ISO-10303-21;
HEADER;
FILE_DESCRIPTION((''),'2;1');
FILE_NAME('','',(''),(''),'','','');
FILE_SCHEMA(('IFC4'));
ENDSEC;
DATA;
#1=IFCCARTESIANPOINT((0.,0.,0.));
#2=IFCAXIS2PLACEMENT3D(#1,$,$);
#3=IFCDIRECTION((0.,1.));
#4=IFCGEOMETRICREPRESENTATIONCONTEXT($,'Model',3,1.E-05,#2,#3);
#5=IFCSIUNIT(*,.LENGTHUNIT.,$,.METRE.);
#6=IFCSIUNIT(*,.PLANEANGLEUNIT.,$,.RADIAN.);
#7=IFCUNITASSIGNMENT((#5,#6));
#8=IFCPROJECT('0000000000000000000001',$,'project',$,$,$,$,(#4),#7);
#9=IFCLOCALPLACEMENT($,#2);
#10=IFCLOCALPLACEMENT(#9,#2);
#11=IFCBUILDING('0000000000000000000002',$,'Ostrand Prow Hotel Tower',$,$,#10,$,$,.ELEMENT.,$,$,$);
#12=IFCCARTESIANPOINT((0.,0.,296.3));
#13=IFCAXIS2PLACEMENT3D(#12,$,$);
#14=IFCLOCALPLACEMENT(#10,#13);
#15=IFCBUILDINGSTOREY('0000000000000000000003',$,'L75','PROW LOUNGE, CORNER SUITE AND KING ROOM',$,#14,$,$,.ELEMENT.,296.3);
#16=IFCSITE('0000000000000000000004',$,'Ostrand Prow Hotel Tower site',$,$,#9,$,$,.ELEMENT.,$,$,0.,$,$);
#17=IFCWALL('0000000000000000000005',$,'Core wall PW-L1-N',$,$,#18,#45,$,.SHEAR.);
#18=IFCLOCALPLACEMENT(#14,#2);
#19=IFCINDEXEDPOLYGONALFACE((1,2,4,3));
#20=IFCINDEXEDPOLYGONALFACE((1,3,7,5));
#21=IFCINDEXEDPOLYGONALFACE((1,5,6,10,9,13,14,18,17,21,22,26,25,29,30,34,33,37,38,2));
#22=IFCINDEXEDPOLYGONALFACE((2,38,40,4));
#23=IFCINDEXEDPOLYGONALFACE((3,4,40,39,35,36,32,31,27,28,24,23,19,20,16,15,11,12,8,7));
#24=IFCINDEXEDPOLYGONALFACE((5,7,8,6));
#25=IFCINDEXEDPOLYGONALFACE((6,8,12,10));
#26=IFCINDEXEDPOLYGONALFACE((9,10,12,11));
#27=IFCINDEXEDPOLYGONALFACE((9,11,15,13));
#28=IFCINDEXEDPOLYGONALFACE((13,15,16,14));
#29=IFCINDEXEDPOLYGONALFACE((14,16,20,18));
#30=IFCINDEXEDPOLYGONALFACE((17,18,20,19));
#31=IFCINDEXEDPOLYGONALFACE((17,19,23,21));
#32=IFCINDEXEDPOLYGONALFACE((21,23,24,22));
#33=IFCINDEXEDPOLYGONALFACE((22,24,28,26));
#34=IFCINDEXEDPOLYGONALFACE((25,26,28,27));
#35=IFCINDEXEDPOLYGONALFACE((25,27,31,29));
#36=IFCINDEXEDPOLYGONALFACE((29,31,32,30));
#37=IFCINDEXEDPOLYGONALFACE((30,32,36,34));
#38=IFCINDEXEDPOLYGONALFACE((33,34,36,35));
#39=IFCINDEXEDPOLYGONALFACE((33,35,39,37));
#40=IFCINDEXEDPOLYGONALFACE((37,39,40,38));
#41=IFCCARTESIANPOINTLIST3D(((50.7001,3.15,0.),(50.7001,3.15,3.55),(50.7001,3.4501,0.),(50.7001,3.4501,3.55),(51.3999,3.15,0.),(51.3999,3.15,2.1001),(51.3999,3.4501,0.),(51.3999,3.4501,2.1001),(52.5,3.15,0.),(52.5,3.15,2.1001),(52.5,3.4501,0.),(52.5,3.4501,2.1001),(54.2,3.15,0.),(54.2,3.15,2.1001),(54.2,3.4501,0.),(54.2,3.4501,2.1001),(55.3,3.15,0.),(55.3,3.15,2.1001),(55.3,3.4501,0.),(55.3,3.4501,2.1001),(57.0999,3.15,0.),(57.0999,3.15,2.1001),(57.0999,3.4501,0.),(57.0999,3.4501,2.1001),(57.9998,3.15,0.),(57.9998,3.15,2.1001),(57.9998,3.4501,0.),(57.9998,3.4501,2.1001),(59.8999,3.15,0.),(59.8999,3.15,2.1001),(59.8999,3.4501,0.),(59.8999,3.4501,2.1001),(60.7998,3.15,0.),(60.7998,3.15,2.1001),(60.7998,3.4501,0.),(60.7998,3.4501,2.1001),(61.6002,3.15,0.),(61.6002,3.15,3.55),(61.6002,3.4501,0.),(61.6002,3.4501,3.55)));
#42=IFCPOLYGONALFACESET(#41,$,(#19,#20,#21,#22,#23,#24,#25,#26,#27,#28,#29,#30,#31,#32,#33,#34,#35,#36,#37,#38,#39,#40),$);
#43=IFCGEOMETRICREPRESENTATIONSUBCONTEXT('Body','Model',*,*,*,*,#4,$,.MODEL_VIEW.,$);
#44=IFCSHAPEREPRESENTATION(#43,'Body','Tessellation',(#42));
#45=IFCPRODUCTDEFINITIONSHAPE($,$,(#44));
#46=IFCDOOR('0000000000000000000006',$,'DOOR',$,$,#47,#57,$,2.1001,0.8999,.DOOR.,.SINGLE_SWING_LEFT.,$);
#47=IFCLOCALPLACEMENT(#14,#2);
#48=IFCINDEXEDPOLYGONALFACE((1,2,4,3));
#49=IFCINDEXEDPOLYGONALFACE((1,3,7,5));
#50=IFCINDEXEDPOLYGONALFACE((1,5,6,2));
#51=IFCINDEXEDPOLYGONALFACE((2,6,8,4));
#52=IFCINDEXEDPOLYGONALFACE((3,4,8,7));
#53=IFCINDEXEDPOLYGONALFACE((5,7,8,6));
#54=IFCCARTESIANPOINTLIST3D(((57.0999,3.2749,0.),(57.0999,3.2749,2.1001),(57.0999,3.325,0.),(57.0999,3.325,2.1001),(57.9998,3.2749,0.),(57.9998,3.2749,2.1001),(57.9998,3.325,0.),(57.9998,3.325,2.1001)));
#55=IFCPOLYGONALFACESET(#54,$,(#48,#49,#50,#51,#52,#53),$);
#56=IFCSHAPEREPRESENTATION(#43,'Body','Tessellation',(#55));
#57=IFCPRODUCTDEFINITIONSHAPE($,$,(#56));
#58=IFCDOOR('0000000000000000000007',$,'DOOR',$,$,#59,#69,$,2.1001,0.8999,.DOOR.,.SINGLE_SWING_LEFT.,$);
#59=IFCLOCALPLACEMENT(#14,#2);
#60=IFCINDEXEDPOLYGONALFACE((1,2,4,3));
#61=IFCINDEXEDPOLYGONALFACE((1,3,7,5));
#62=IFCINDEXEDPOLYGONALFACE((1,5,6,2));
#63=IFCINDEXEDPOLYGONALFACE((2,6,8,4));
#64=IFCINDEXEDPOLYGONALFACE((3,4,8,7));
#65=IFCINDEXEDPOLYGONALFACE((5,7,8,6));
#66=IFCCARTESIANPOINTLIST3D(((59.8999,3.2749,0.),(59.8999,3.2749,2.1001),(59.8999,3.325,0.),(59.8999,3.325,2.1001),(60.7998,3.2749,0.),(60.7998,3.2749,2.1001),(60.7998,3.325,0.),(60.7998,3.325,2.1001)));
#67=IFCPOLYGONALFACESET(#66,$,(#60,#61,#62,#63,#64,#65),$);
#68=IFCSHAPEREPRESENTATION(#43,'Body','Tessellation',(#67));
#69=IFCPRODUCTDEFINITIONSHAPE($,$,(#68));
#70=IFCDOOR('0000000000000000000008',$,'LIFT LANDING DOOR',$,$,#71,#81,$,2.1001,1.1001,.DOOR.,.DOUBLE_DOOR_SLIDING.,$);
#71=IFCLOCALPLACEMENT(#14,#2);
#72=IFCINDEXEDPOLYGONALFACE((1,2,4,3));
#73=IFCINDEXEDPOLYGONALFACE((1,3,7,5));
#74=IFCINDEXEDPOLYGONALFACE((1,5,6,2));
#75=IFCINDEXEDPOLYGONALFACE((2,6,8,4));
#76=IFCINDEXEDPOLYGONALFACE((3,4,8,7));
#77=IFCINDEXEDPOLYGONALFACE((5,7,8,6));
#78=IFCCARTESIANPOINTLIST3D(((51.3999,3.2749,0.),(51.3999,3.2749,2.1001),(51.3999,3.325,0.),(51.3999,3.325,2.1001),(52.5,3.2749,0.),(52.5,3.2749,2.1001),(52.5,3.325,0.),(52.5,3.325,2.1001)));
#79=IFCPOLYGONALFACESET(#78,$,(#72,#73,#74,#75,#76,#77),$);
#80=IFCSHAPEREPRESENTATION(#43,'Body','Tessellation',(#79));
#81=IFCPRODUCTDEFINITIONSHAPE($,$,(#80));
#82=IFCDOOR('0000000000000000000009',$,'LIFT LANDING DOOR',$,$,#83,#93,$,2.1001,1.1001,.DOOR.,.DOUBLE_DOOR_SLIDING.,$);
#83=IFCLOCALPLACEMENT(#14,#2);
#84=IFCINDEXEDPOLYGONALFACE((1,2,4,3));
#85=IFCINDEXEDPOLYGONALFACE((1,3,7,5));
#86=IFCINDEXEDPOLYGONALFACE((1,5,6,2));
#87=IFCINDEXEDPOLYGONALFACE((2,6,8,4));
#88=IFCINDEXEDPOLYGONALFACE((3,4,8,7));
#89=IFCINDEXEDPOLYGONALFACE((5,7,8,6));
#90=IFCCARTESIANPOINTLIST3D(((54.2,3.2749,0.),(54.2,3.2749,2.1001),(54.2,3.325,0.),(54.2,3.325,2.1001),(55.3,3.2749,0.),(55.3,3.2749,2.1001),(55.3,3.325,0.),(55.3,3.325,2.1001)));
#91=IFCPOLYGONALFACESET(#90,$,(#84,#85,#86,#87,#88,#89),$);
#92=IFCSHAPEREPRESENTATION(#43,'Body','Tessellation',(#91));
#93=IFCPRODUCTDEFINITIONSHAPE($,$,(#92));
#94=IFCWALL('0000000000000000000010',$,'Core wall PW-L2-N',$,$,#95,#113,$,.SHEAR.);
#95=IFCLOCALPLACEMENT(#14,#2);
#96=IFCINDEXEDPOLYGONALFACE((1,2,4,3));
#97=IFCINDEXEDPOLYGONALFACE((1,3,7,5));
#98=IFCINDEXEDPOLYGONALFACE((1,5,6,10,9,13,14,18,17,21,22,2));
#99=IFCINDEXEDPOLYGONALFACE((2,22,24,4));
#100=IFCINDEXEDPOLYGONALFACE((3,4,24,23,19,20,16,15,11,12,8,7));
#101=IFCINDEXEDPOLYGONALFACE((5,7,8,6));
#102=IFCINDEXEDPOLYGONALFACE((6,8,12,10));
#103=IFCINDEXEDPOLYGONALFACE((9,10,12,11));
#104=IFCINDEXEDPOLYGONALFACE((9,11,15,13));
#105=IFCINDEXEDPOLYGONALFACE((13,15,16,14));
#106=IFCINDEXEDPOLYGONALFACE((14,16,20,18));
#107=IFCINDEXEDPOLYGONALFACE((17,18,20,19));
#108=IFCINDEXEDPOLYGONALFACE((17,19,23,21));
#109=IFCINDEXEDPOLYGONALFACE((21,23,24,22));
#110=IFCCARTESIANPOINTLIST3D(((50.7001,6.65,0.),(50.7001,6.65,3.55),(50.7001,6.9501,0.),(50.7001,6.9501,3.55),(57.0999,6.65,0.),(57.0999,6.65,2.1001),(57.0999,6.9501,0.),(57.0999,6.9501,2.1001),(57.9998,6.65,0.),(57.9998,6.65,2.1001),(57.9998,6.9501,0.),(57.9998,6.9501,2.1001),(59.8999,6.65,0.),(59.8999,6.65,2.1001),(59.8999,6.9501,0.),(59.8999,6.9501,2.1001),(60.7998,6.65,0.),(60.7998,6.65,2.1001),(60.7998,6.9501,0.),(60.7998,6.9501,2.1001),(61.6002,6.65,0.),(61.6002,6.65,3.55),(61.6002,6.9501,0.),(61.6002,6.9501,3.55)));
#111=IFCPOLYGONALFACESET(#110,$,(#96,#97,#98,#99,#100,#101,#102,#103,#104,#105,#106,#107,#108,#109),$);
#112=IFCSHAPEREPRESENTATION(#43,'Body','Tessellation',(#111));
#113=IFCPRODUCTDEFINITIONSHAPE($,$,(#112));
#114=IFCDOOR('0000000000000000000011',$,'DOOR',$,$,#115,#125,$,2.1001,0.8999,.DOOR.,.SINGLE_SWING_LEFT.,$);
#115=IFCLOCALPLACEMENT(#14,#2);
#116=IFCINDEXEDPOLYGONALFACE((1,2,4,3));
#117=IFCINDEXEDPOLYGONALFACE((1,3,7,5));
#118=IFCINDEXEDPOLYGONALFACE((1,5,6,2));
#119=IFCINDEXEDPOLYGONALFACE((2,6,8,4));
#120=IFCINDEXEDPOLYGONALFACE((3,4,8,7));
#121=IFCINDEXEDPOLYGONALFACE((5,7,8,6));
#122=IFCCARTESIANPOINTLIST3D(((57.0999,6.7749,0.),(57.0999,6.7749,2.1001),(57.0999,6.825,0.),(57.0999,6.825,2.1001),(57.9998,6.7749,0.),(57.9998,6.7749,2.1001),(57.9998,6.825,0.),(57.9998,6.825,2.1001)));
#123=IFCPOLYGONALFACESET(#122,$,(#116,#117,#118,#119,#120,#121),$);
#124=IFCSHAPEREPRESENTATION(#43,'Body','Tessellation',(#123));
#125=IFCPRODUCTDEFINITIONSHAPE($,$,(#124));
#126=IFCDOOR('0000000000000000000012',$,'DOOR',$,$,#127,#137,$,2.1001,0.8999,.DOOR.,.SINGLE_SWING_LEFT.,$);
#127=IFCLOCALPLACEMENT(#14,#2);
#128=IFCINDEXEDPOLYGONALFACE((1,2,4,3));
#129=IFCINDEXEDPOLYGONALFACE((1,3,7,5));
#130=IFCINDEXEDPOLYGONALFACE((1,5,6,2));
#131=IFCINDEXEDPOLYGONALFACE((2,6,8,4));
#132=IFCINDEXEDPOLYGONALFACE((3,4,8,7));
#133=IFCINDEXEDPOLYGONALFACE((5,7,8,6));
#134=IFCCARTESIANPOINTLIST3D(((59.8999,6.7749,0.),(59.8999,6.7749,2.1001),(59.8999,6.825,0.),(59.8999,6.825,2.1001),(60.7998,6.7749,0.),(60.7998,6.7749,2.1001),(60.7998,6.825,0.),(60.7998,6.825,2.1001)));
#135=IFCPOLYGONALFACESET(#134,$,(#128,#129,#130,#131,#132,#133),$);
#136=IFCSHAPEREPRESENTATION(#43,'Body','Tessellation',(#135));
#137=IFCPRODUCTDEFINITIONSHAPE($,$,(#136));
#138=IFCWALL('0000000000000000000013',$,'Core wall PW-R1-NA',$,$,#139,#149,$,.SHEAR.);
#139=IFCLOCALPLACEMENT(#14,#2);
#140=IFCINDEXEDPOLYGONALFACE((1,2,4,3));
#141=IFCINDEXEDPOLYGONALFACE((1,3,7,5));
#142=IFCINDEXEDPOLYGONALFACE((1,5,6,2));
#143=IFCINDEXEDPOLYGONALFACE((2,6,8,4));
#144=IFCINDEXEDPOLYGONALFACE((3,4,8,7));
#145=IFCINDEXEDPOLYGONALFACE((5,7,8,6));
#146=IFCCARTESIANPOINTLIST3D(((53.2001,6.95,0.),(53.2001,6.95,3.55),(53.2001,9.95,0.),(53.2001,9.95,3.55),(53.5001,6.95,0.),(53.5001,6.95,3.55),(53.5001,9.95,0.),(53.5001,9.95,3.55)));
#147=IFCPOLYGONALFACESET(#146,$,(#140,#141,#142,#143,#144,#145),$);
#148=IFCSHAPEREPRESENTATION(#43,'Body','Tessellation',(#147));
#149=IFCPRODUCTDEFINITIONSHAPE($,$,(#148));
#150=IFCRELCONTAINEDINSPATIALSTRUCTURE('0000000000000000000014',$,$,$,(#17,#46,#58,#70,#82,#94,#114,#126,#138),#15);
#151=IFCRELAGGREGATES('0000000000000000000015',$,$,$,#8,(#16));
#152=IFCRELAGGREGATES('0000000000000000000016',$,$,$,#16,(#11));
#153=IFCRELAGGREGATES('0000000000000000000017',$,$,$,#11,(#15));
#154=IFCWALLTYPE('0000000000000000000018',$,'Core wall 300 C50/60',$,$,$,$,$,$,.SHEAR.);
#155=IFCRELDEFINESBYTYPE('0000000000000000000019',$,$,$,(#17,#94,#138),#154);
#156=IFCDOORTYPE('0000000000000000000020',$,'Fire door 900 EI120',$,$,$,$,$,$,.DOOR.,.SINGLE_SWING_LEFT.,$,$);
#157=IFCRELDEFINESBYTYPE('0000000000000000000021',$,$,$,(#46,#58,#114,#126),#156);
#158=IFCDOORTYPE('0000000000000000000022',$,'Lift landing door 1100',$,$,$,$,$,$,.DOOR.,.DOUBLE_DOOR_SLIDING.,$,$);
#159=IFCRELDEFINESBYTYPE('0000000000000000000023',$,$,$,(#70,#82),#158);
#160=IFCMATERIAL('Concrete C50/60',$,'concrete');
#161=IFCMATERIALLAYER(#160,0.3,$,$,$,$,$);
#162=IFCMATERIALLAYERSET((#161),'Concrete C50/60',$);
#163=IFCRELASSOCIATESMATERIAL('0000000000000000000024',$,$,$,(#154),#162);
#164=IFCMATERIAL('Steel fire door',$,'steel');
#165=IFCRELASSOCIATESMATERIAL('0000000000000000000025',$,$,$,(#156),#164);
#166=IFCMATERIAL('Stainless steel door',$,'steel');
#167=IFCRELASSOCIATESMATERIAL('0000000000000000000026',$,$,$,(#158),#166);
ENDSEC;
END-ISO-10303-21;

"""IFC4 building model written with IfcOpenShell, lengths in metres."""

from ifc_helpers import new_model, si_unit, direction, frame, frame_2d, origin, place, context, subcontext, project, spatial, rectangle, extrude, material, layer, layer_set, type_object, element, fill, save


model = new_model("IFC4")

# Units and contexts
model_context = context("Model", 3, precision=1e-05, world=origin(), true_north=direction((0.0, 1.0)))
body_context = subcontext(model_context, "Body", "Model", "MODEL_VIEW")
ifc_project = project(units=[si_unit("LENGTHUNIT", "METRE"), si_unit("PLANEANGLEUNIT", "RADIAN")], contexts=[model_context])

# Site, building, storey
site_placement = place(None, origin())
site = spatial("IfcSite", under=ifc_project, at=site_placement, Name="Ostrand Prow Hotel Tower site", CompositionType="ELEMENT", RefElevation=0.0)
building_placement = place(site_placement, origin())
building = spatial("IfcBuilding", under=site, at=building_placement, Name="Ostrand Prow Hotel Tower", CompositionType="ELEMENT")
storey_placement = place(building_placement, frame((0.0, 0.0, 296.3)))
storey = spatial("IfcBuildingStorey", under=building, at=storey_placement, Name="L75", Description="PROW LOUNGE, CORNER SUITE AND KING ROOM", CompositionType="ELEMENT", Elevation=296.3)

# Walls, openings, doors
ifc_material_1 = material(Name="Concrete C50/60", Category="concrete")
ifc_layer_1 = layer(ifc_material_1, 0.3)
ifc_layer_set_1 = layer_set([ifc_layer_1], Name="Concrete C50/60")
wall_type_1 = type_object("IfcWallType", Name="Core wall 300 C50/60", PredefinedType="SHEAR", material=ifc_layer_set_1)
wall_1_placement = place(storey_placement, frame((50.7, 3.3, 0.0), z_axis=(0.0, 0.0, 1.0), x_axis=(1.0, 0.0, 0.0)))
wall_1 = element("IfcWall", 1, at=wall_1_placement, inside=storey, type_object=wall_type_1, Name="Core wall PW-L1-N", PredefinedType="SHEAR", context=body_context, shape_type="SweptSolid", body=[
    extrude(rectangle(XDim=10.9001, YDim=0.3, at=frame_2d((5.4502, 0.0))), origin(), (0.0, 0.0, 1.0), 3.55),
])
opening_1_placement = place(wall_1_placement, frame((0.7, 0.0, 0.0)))
opening_1 = element("IfcOpeningElement", 2, at=opening_1_placement, cuts=wall_1, PredefinedType="OPENING", context=body_context, shape_type="SweptSolid", body=[
    extrude(rectangle(XDim=1.1001, YDim=2.1001, at=frame_2d((0.55, 1.05))), frame((0.0, 0.1599, 0.0), z_axis=(0.0, -1.0, 0.0), x_axis=(1.0, 0.0, 0.0)), (0.0, 0.0, 1.0), 0.3201),
])
opening_2_placement = place(wall_1_placement, frame((3.5, 0.0, 0.0)))
opening_2 = element("IfcOpeningElement", 3, at=opening_2_placement, cuts=wall_1, PredefinedType="OPENING", context=body_context, shape_type="SweptSolid", body=[
    extrude(rectangle(XDim=1.1001, YDim=2.1001, at=frame_2d((0.55, 1.05))), frame((0.0, 0.1599, 0.0), z_axis=(0.0, -1.0, 0.0), x_axis=(1.0, 0.0, 0.0)), (0.0, 0.0, 1.0), 0.3201),
])
opening_3_placement = place(wall_1_placement, frame((6.3999, 0.0, 0.0)))
opening_3 = element("IfcOpeningElement", 4, at=opening_3_placement, cuts=wall_1, PredefinedType="OPENING", context=body_context, shape_type="SweptSolid", body=[
    extrude(rectangle(XDim=0.8999, YDim=2.1001, at=frame_2d((0.45, 1.05))), frame((0.0, 0.1599, 0.0), z_axis=(0.0, -1.0, 0.0), x_axis=(1.0, 0.0, 0.0)), (0.0, 0.0, 1.0), 0.3201),
])
opening_4_placement = place(wall_1_placement, frame((9.2, 0.0, 0.0)))
opening_4 = element("IfcOpeningElement", 5, at=opening_4_placement, cuts=wall_1, PredefinedType="OPENING", context=body_context, shape_type="SweptSolid", body=[
    extrude(rectangle(XDim=0.8999, YDim=2.1001, at=frame_2d((0.45, 1.05))), frame((0.0, 0.1599, 0.0), z_axis=(0.0, -1.0, 0.0), x_axis=(1.0, 0.0, 0.0)), (0.0, 0.0, 1.0), 0.3201),
])
ifc_material_2 = material(Name="Steel fire door", Category="steel")
door_type_1 = type_object("IfcDoorType", Name="Fire door 900 EI120", OperationType="SINGLE_SWING_LEFT", PredefinedType="DOOR", material=ifc_material_2)
door_1_placement = place(opening_3_placement, origin())
door_1 = element("IfcDoor", 6, at=door_1_placement, inside=storey, type_object=door_type_1, Name="DOOR", OperationType="SINGLE_SWING_LEFT", OverallHeight=2.1001, OverallWidth=0.8999, PredefinedType="DOOR", context=body_context, shape_type="SweptSolid", body=[
    extrude(rectangle(XDim=0.8999, YDim=2.1001, at=frame_2d((0.45, 1.05))), frame((0.0, 0.0249, 0.0), z_axis=(0.0, -1.0, 0.0), x_axis=(1.0, 0.0, 0.0)), (0.0, 0.0, 1.0), 0.05),
])
fill(opening_3, door_1)
door_2_placement = place(opening_4_placement, origin())
door_2 = element("IfcDoor", 7, at=door_2_placement, inside=storey, type_object=door_type_1, Name="DOOR", OperationType="SINGLE_SWING_LEFT", OverallHeight=2.1001, OverallWidth=0.8999, PredefinedType="DOOR", context=body_context, shape_type="SweptSolid", body=[
    extrude(rectangle(XDim=0.8999, YDim=2.1001, at=frame_2d((0.45, 1.05))), frame((0.0, 0.0249, 0.0), z_axis=(0.0, -1.0, 0.0), x_axis=(1.0, 0.0, 0.0)), (0.0, 0.0, 1.0), 0.05),
])
fill(opening_4, door_2)
ifc_material_3 = material(Name="Stainless steel door", Category="steel")
door_type_2 = type_object("IfcDoorType", Name="Lift landing door 1100", OperationType="DOUBLE_DOOR_SLIDING", PredefinedType="DOOR", material=ifc_material_3)
door_3_placement = place(opening_1_placement, origin())
door_3 = element("IfcDoor", 8, at=door_3_placement, inside=storey, type_object=door_type_2, Name="LIFT LANDING DOOR", OperationType="DOUBLE_DOOR_SLIDING", OverallHeight=2.1001, OverallWidth=1.1001, PredefinedType="DOOR", context=body_context, shape_type="SweptSolid", body=[
    extrude(rectangle(XDim=1.1001, YDim=2.1001, at=frame_2d((0.55, 1.05))), frame((0.0, 0.0249, 0.0), z_axis=(0.0, -1.0, 0.0), x_axis=(1.0, 0.0, 0.0)), (0.0, 0.0, 1.0), 0.05),
])
fill(opening_1, door_3)
door_4_placement = place(opening_2_placement, origin())
door_4 = element("IfcDoor", 9, at=door_4_placement, inside=storey, type_object=door_type_2, Name="LIFT LANDING DOOR", OperationType="DOUBLE_DOOR_SLIDING", OverallHeight=2.1001, OverallWidth=1.1001, PredefinedType="DOOR", context=body_context, shape_type="SweptSolid", body=[
    extrude(rectangle(XDim=1.1001, YDim=2.1001, at=frame_2d((0.55, 1.05))), frame((0.0, 0.0249, 0.0), z_axis=(0.0, -1.0, 0.0), x_axis=(1.0, 0.0, 0.0)), (0.0, 0.0, 1.0), 0.05),
])
fill(opening_2, door_4)
wall_2_placement = place(storey_placement, frame((50.7, 6.8, 0.0), z_axis=(0.0, 0.0, 1.0), x_axis=(1.0, 0.0, 0.0)))
wall_2 = element("IfcWall", 10, at=wall_2_placement, inside=storey, type_object=wall_type_1, Name="Core wall PW-L2-N", PredefinedType="SHEAR", context=body_context, shape_type="SweptSolid", body=[
    extrude(rectangle(XDim=10.9001, YDim=0.3, at=frame_2d((5.4502, 0.0))), origin(), (0.0, 0.0, 1.0), 3.55),
])
opening_5_placement = place(wall_2_placement, frame((6.3999, 0.0, 0.0)))
opening_5 = element("IfcOpeningElement", 11, at=opening_5_placement, cuts=wall_2, PredefinedType="OPENING", context=body_context, shape_type="SweptSolid", body=[
    extrude(rectangle(XDim=0.8999, YDim=2.1001, at=frame_2d((0.45, 1.05))), frame((0.0, 0.1599, 0.0), z_axis=(0.0, -1.0, 0.0), x_axis=(1.0, 0.0, 0.0)), (0.0, 0.0, 1.0), 0.3201),
])
opening_6_placement = place(wall_2_placement, frame((9.2, 0.0, 0.0)))
opening_6 = element("IfcOpeningElement", 12, at=opening_6_placement, cuts=wall_2, PredefinedType="OPENING", context=body_context, shape_type="SweptSolid", body=[
    extrude(rectangle(XDim=0.8999, YDim=2.1001, at=frame_2d((0.45, 1.05))), frame((0.0, 0.1599, 0.0), z_axis=(0.0, -1.0, 0.0), x_axis=(1.0, 0.0, 0.0)), (0.0, 0.0, 1.0), 0.3201),
])
door_5_placement = place(opening_5_placement, origin())
door_5 = element("IfcDoor", 13, at=door_5_placement, inside=storey, type_object=door_type_1, Name="DOOR", OperationType="SINGLE_SWING_LEFT", OverallHeight=2.1001, OverallWidth=0.8999, PredefinedType="DOOR", context=body_context, shape_type="SweptSolid", body=[
    extrude(rectangle(XDim=0.8999, YDim=2.1001, at=frame_2d((0.45, 1.05))), frame((0.0, 0.0249, 0.0), z_axis=(0.0, -1.0, 0.0), x_axis=(1.0, 0.0, 0.0)), (0.0, 0.0, 1.0), 0.05),
])
fill(opening_5, door_5)
door_6_placement = place(opening_6_placement, origin())
door_6 = element("IfcDoor", 14, at=door_6_placement, inside=storey, type_object=door_type_1, Name="DOOR", OperationType="SINGLE_SWING_LEFT", OverallHeight=2.1001, OverallWidth=0.8999, PredefinedType="DOOR", context=body_context, shape_type="SweptSolid", body=[
    extrude(rectangle(XDim=0.8999, YDim=2.1001, at=frame_2d((0.45, 1.05))), frame((0.0, 0.0249, 0.0), z_axis=(0.0, -1.0, 0.0), x_axis=(1.0, 0.0, 0.0)), (0.0, 0.0, 1.0), 0.05),
])
fill(opening_6, door_6)

# Wall
wall_3_placement = place(storey_placement, frame((53.3501, 6.95, 0.0), z_axis=(0.0, 0.0, 1.0), x_axis=(0.0, 1.0, 0.0)))
element("IfcWall", 15, at=wall_3_placement, inside=storey, type_object=wall_type_1, Name="Core wall PW-R1-NA", PredefinedType="SHEAR", context=body_context, shape_type="SweptSolid", body=[
    extrude(rectangle(XDim=3.0, YDim=0.3, at=frame_2d((1.5, 0.0))), origin(), (0.0, 0.0, 1.0), 3.55),
])

save(model, "model.ifc")
